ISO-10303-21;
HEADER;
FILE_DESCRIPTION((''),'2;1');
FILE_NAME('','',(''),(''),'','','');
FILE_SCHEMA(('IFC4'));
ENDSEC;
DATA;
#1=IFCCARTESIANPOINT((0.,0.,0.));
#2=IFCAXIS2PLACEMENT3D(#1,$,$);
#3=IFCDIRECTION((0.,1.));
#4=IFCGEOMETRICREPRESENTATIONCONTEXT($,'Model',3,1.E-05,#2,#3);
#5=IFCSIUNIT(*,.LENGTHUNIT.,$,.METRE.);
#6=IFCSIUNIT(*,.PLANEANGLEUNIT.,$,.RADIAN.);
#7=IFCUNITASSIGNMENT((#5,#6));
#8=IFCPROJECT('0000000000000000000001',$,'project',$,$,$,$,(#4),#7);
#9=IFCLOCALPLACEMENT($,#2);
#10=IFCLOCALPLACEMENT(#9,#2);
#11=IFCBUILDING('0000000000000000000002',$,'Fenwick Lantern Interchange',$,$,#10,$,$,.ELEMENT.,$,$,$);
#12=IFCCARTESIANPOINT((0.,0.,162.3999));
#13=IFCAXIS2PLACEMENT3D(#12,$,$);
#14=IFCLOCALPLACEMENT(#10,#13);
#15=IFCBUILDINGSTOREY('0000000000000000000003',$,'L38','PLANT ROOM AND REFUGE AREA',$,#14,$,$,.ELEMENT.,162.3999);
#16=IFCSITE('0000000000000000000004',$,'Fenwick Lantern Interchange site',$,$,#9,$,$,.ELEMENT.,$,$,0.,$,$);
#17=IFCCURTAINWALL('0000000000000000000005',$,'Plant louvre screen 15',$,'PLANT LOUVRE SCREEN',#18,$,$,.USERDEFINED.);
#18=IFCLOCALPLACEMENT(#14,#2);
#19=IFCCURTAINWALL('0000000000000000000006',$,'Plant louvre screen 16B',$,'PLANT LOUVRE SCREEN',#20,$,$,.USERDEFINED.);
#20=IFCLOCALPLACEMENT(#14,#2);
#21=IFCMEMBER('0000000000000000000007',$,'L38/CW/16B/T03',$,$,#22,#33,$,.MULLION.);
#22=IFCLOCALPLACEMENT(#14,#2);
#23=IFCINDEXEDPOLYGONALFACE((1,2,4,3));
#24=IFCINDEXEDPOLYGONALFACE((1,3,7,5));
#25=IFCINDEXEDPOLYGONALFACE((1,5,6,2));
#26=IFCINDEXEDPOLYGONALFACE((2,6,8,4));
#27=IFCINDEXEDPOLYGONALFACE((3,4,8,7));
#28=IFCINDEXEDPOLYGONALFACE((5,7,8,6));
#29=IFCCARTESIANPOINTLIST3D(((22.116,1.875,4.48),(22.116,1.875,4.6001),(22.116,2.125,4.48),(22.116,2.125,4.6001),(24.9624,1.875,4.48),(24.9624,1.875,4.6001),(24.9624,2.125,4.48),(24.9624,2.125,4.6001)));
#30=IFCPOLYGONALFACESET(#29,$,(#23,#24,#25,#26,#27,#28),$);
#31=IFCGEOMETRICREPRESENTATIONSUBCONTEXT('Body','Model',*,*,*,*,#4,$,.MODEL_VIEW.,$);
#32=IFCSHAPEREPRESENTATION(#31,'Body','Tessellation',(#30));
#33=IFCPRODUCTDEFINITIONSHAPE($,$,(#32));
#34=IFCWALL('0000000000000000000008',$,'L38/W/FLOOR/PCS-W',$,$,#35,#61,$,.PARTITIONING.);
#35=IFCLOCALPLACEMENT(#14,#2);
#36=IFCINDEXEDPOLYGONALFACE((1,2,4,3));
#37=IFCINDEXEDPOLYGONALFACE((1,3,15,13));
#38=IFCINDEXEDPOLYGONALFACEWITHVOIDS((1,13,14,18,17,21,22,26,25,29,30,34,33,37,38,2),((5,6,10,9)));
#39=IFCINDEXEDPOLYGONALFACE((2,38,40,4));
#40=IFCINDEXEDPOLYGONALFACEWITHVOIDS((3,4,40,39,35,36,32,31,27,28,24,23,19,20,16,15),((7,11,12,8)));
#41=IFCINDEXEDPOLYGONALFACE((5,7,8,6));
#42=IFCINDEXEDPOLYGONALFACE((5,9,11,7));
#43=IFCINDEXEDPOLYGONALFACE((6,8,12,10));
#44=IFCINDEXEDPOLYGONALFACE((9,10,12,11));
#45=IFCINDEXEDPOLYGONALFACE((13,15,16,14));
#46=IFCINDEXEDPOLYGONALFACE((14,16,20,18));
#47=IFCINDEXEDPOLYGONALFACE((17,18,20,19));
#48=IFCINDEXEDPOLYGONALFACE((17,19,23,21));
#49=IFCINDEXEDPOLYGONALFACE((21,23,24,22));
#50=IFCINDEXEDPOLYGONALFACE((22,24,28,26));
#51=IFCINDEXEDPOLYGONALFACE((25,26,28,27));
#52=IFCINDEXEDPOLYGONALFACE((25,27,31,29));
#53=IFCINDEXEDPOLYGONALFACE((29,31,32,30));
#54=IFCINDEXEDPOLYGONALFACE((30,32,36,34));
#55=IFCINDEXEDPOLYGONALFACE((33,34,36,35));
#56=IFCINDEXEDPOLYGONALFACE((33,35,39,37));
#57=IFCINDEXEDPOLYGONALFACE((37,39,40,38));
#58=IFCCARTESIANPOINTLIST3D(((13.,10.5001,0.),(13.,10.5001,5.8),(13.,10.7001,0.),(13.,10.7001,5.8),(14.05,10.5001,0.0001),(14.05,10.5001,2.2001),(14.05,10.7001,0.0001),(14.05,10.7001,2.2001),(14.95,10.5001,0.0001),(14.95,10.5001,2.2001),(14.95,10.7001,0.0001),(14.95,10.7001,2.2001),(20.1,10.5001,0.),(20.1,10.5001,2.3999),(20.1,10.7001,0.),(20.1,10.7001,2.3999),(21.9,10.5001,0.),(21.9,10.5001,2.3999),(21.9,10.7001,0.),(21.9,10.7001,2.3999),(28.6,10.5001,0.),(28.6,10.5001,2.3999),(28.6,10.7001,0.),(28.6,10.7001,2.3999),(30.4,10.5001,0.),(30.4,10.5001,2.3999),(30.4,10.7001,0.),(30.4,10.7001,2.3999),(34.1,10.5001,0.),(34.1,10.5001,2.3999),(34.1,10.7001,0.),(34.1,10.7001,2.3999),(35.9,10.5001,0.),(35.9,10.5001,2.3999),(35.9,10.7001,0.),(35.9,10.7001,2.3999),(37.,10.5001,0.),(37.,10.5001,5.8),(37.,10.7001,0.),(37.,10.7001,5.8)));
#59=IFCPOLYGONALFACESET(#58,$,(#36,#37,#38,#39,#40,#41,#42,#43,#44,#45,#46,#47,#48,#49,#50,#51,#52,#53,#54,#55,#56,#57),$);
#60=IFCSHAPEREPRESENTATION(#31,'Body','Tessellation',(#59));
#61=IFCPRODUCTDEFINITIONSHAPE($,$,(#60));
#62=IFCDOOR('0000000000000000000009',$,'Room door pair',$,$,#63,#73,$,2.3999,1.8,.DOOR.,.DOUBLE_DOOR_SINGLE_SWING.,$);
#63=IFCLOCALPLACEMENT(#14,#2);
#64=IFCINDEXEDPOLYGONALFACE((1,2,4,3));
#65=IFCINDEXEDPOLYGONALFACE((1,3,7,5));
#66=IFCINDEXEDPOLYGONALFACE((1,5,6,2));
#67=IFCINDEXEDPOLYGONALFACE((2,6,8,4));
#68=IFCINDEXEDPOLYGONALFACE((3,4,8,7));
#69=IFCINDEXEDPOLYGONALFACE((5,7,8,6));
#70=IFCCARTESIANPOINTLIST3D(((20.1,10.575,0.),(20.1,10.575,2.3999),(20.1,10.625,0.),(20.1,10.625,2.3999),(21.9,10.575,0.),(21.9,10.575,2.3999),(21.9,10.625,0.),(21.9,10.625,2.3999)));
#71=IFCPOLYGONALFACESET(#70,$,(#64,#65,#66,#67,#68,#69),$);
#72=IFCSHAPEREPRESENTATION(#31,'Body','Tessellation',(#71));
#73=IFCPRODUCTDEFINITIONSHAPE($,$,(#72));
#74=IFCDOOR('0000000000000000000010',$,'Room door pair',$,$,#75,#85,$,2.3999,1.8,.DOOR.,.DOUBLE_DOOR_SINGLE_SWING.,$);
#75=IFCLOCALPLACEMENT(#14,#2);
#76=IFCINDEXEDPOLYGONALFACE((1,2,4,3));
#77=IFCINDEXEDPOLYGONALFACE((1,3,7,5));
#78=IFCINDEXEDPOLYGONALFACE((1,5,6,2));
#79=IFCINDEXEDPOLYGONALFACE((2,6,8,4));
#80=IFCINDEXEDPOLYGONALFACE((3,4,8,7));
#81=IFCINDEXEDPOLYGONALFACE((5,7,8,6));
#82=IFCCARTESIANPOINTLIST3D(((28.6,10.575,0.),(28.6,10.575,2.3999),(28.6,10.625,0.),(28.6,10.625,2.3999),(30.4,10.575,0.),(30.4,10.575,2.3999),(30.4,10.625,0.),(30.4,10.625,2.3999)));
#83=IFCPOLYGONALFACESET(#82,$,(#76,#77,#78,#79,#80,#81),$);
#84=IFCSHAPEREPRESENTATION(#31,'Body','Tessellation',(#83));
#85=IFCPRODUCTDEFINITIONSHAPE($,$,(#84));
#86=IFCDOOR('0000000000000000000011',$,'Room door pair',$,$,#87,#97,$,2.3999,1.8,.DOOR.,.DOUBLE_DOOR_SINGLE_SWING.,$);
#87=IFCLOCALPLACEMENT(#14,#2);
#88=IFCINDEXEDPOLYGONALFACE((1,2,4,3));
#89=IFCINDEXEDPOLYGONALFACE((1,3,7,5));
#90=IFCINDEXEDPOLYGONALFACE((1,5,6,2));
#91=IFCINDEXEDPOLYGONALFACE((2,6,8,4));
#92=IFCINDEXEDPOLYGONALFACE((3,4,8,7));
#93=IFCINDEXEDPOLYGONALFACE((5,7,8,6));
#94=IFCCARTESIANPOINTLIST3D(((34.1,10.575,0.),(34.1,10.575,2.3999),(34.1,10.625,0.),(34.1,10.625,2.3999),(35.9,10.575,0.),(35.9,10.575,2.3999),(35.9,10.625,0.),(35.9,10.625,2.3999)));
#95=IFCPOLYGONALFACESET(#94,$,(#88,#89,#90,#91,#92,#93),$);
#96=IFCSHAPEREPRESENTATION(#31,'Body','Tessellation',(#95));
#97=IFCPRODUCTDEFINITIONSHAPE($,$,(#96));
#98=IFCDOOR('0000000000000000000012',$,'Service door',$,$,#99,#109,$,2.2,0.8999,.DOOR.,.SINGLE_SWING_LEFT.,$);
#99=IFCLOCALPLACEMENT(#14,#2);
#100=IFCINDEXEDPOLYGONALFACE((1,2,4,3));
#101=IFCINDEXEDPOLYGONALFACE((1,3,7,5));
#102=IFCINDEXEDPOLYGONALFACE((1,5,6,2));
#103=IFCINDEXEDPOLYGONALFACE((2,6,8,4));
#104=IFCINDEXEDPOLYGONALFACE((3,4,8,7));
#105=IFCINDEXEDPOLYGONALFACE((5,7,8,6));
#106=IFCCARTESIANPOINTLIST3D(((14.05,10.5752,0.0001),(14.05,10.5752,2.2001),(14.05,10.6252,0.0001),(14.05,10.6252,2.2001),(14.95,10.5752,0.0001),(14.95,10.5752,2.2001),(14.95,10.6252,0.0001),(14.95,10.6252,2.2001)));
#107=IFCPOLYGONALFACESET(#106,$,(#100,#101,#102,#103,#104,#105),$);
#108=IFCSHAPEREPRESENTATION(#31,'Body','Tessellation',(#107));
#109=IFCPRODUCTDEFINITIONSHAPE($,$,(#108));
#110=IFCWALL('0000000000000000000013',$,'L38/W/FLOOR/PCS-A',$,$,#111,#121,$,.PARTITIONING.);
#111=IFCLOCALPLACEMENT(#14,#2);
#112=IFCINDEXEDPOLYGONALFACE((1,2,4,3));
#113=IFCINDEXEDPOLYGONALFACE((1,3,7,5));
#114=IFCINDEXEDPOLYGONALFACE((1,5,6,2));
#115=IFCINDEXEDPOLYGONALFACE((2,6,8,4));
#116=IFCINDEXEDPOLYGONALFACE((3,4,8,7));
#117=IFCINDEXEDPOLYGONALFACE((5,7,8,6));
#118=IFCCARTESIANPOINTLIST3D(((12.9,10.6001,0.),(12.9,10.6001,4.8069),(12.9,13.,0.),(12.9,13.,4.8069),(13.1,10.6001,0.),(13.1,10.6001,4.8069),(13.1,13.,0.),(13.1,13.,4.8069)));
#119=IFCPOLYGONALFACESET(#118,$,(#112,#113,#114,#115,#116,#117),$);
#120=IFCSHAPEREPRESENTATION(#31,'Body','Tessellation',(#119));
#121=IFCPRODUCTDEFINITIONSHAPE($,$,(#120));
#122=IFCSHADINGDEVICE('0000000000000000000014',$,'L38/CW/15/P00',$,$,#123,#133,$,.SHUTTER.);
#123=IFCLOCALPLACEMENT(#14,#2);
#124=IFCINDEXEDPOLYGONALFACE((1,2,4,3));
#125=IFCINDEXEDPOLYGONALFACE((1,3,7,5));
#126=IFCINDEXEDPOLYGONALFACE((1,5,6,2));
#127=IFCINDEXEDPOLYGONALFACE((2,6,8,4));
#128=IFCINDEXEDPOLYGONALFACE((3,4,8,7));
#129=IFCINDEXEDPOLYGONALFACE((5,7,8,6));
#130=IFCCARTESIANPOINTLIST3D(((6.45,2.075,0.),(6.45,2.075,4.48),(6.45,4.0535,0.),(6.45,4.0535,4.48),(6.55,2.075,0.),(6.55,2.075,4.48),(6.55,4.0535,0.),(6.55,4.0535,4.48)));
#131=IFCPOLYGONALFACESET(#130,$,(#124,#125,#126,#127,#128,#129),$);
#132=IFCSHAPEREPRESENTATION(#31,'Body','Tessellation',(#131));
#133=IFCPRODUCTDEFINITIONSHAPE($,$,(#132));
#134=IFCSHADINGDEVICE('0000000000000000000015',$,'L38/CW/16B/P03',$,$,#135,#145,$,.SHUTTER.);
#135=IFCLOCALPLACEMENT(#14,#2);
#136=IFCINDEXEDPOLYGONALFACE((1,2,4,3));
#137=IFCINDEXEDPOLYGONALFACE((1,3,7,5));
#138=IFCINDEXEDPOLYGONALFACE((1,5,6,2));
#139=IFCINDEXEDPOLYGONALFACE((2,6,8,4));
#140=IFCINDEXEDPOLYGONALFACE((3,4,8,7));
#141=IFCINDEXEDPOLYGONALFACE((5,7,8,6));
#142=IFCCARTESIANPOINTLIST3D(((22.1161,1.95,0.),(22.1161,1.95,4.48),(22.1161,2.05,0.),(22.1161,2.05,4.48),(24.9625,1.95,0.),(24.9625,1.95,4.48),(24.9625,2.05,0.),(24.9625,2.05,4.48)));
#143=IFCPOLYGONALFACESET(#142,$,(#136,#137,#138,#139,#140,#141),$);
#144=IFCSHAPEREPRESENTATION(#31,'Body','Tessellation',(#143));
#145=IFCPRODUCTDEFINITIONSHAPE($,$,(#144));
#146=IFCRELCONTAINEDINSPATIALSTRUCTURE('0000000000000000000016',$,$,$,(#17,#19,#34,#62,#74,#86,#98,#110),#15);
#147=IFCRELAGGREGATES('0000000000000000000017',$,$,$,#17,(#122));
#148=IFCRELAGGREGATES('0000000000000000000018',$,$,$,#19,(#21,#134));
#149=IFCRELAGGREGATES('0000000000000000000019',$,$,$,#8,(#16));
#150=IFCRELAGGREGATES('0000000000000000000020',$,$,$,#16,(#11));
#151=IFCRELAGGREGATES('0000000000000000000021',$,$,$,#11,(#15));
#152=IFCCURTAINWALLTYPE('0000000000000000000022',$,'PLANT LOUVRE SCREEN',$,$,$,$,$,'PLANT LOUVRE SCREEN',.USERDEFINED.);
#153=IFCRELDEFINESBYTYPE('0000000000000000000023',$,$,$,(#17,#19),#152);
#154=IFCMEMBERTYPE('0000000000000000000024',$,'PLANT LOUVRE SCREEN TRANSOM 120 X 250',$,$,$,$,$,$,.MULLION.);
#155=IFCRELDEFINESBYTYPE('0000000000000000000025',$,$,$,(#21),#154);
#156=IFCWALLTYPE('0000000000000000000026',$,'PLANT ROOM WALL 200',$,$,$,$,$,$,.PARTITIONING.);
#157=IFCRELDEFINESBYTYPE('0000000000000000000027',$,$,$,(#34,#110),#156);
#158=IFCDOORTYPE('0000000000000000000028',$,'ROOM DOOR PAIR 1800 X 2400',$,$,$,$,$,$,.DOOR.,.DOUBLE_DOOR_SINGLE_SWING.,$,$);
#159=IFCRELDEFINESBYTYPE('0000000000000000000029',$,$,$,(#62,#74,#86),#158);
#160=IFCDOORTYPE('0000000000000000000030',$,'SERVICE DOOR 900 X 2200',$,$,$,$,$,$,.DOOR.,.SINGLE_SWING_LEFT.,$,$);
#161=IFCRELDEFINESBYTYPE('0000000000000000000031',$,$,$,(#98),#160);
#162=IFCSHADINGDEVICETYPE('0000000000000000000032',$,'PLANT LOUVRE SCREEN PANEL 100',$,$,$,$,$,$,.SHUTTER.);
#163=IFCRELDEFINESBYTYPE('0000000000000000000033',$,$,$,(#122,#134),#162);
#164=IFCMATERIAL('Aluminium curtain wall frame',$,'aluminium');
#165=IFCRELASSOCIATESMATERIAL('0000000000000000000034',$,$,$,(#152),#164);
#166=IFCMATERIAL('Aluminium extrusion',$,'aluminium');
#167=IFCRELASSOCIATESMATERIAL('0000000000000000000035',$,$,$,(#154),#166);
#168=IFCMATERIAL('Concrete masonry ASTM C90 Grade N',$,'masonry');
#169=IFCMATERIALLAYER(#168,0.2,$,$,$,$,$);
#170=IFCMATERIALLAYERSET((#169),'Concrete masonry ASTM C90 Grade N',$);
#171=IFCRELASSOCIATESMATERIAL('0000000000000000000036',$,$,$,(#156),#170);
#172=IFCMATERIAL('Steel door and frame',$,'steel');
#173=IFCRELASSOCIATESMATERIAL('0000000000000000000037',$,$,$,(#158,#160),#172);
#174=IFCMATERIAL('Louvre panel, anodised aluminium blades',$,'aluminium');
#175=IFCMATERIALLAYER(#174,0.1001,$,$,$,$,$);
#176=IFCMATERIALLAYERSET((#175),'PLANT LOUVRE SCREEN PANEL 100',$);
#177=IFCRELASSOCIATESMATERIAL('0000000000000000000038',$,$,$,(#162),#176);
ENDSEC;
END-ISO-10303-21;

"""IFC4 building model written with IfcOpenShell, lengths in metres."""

from ifc_helpers import new_model, si_unit, direction, frame, frame_2d, origin, origin_2d, place, context, subcontext, project, spatial, rectangle, extrude, material, layer, layer_set, material_profile, profile_set, type_object, element, fill, aggregate, save


model = new_model("IFC4")

# Units and contexts
model_context = context("Model", 3, precision=1e-05, world=origin(), true_north=direction((0.0, 1.0)))
body_context = subcontext(model_context, "Body", "Model", "MODEL_VIEW")
ifc_project = project(units=[si_unit("LENGTHUNIT", "METRE"), si_unit("PLANEANGLEUNIT", "RADIAN")], contexts=[model_context])

# Site, building, storey
site_placement = place(None, origin())
site = spatial("IfcSite", under=ifc_project, at=site_placement, Name="Fenwick Lantern Interchange site", CompositionType="ELEMENT", RefElevation=0.0)
building_placement = place(site_placement, origin())
building = spatial("IfcBuilding", under=site, at=building_placement, Name="Fenwick Lantern Interchange", CompositionType="ELEMENT")
storey_placement = place(building_placement, frame((0.0, 0.0, 162.3999)))
storey = spatial("IfcBuildingStorey", under=building, at=storey_placement, Name="L38", Description="PLANT ROOM AND REFUGE AREA", CompositionType="ELEMENT", Elevation=162.3999)

# Curtain walls
ifc_material_1 = material(Name="Aluminium curtain wall frame", Category="aluminium")
curtain_wall_type = type_object("IfcCurtainWallType", Name="PLANT LOUVRE SCREEN", ElementType="PLANT LOUVRE SCREEN", PredefinedType="USERDEFINED", material=ifc_material_1)
curtain_wall_1_placement = place(storey_placement, origin())
curtain_wall_1 = element("IfcCurtainWall", 1, at=curtain_wall_1_placement, inside=storey, type_object=curtain_wall_type, Name="Plant louvre screen 15", ObjectType="PLANT LOUVRE SCREEN", PredefinedType="USERDEFINED")
ifc_material_2 = material(Name="Aluminium extrusion", Category="aluminium")
curtain_wall_2_placement = place(storey_placement, origin())
curtain_wall_2 = element("IfcCurtainWall", 2, at=curtain_wall_2_placement, inside=storey, type_object=curtain_wall_type, Name="Plant louvre screen 16B", ObjectType="PLANT LOUVRE SCREEN", PredefinedType="USERDEFINED")

# Member
ifc_material_profile_1 = material_profile(ifc_material_2, rectangle(XDim=0.25, YDim=0.1201, at=origin_2d()), Name="PLANT LOUVRE SCREEN TRANSOM 120 X 250")
ifc_profile_set_1 = profile_set([ifc_material_profile_1], Name="Aluminium extrusion")
member_type_1 = type_object("IfcMemberType", Name="PLANT LOUVRE SCREEN TRANSOM 120 X 250", PredefinedType="MULLION", material=ifc_profile_set_1)
member_1_placement = place(storey_placement, frame((22.116, 2.0, 4.54), z_axis=(1.0, 0.0, 0.0), x_axis=(0.0, 1.0, 0.0)))
member_1 = element("IfcMember", 3, at=member_1_placement, type_object=member_type_1, Name="L38/CW/16B/T03", PredefinedType="MULLION", context=body_context, shape_type="SweptSolid", body=[
    extrude(rectangle(XDim=0.25, YDim=0.1201, at=origin_2d()), origin(), (0.0, 0.0, 1.0), 2.8464),
])

# Wall, openings, doors
ifc_material_3 = material(Name="Concrete masonry ASTM C90 Grade N", Category="masonry")
ifc_layer_1 = layer(ifc_material_3, 0.2)
ifc_layer_set_1 = layer_set([ifc_layer_1], Name="Concrete masonry ASTM C90 Grade N")
wall_type = type_object("IfcWallType", Name="PLANT ROOM WALL 200", PredefinedType="PARTITIONING", material=ifc_layer_set_1)
wall_1_placement = place(storey_placement, frame((13.0, 10.6001, 0.0), z_axis=(0.0, 0.0, 1.0), x_axis=(1.0, 0.0, 0.0)))
wall_1 = element("IfcWall", 4, at=wall_1_placement, inside=storey, type_object=wall_type, Name="L38/W/FLOOR/PCS-W", PredefinedType="PARTITIONING", context=body_context, shape_type="SweptSolid", body=[
    extrude(rectangle(XDim=24.0, YDim=0.2, at=frame_2d((12.0, 0.0))), origin(), (0.0, 0.0, 1.0), 5.8),
])
opening_1_placement = place(wall_1_placement, frame((1.05, 0.0, 0.0)))
opening_1 = element("IfcOpeningElement", 5, at=opening_1_placement, cuts=wall_1, PredefinedType="OPENING", context=body_context, shape_type="SweptSolid", body=[
    extrude(rectangle(XDim=0.8999, YDim=2.2, at=frame_2d((0.45, 1.1001))), frame((0.0, 0.1099, 0.0), z_axis=(0.0, -1.0, 0.0), x_axis=(1.0, 0.0, 0.0)), (0.0, 0.0, 1.0), 0.22),
])
opening_2_placement = place(wall_1_placement, frame((7.1001, 0.0, 0.0)))
opening_2 = element("IfcOpeningElement", 6, at=opening_2_placement, cuts=wall_1, PredefinedType="OPENING", context=body_context, shape_type="SweptSolid", body=[
    extrude(rectangle(XDim=1.8, YDim=2.3999, at=frame_2d((0.8999, 1.2))), frame((0.0, 0.1099, 0.0), z_axis=(0.0, -1.0, 0.0), x_axis=(1.0, 0.0, 0.0)), (0.0, 0.0, 1.0), 0.22),
])
opening_3_placement = place(wall_1_placement, frame((15.6001, 0.0, 0.0)))
opening_3 = element("IfcOpeningElement", 7, at=opening_3_placement, cuts=wall_1, PredefinedType="OPENING", context=body_context, shape_type="SweptSolid", body=[
    extrude(rectangle(XDim=1.8, YDim=2.3999, at=frame_2d((0.8999, 1.2))), frame((0.0, 0.1099, 0.0), z_axis=(0.0, -1.0, 0.0), x_axis=(1.0, 0.0, 0.0)), (0.0, 0.0, 1.0), 0.22),
])
opening_4_placement = place(wall_1_placement, frame((21.1001, 0.0, 0.0)))
opening_4 = element("IfcOpeningElement", 8, at=opening_4_placement, cuts=wall_1, PredefinedType="OPENING", context=body_context, shape_type="SweptSolid", body=[
    extrude(rectangle(XDim=1.8, YDim=2.3999, at=frame_2d((0.8999, 1.2))), frame((0.0, 0.1099, 0.0), z_axis=(0.0, -1.0, 0.0), x_axis=(1.0, 0.0, 0.0)), (0.0, 0.0, 1.0), 0.22),
])
ifc_material_4 = material(Name="Steel door and frame", Category="steel")
door_type_1 = type_object("IfcDoorType", Name="ROOM DOOR PAIR 1800 X 2400", OperationType="DOUBLE_DOOR_SINGLE_SWING", PredefinedType="DOOR", material=ifc_material_4)
door_1_placement = place(opening_2_placement, origin())
door_1 = element("IfcDoor", 9, at=door_1_placement, inside=storey, type_object=door_type_1, Name="Room door pair", OperationType="DOUBLE_DOOR_SINGLE_SWING", OverallHeight=2.3999, OverallWidth=1.8, PredefinedType="DOOR", context=body_context, shape_type="SweptSolid", body=[
    extrude(rectangle(XDim=1.8, YDim=2.3999, at=frame_2d((0.8999, 1.2))), frame((0.0, 0.0249, 0.0), z_axis=(0.0, -1.0, 0.0), x_axis=(1.0, 0.0, 0.0)), (0.0, 0.0, 1.0), 0.05),
])
fill(opening_2, door_1)
door_2_placement = place(opening_3_placement, origin())
door_2 = element("IfcDoor", 10, at=door_2_placement, inside=storey, type_object=door_type_1, Name="Room door pair", OperationType="DOUBLE_DOOR_SINGLE_SWING", OverallHeight=2.3999, OverallWidth=1.8, PredefinedType="DOOR", context=body_context, shape_type="SweptSolid", body=[
    extrude(rectangle(XDim=1.8, YDim=2.3999, at=frame_2d((0.8999, 1.2))), frame((0.0, 0.0249, 0.0), z_axis=(0.0, -1.0, 0.0), x_axis=(1.0, 0.0, 0.0)), (0.0, 0.0, 1.0), 0.05),
])
fill(opening_3, door_2)
door_3_placement = place(opening_4_placement, origin())
door_3 = element("IfcDoor", 11, at=door_3_placement, inside=storey, type_object=door_type_1, Name="Room door pair", OperationType="DOUBLE_DOOR_SINGLE_SWING", OverallHeight=2.3999, OverallWidth=1.8, PredefinedType="DOOR", context=body_context, shape_type="SweptSolid", body=[
    extrude(rectangle(XDim=1.8, YDim=2.3999, at=frame_2d((0.8999, 1.2))), frame((0.0, 0.0249, 0.0), z_axis=(0.0, -1.0, 0.0), x_axis=(1.0, 0.0, 0.0)), (0.0, 0.0, 1.0), 0.05),
])
fill(opening_4, door_3)
door_type_2 = type_object("IfcDoorType", Name="SERVICE DOOR 900 X 2200", OperationType="SINGLE_SWING_LEFT", PredefinedType="DOOR", material=ifc_material_4)
door_4_placement = place(opening_1_placement, frame((0.8999, 0.0, 0.0), z_axis=(0.0, 0.0, 1.0), x_axis=(-1.0, 0.0, 0.0)))
door_4 = element("IfcDoor", 12, at=door_4_placement, inside=storey, type_object=door_type_2, Name="Service door", OperationType="SINGLE_SWING_LEFT", OverallHeight=2.2, OverallWidth=0.8999, PredefinedType="DOOR", context=body_context, shape_type="SweptSolid", body=[
    extrude(rectangle(XDim=0.8999, YDim=2.2, at=frame_2d((0.45, 1.1001))), frame((0.0, 0.0249, 0.0), z_axis=(0.0, -1.0, 0.0), x_axis=(1.0, 0.0, 0.0)), (0.0, 0.0, 1.0), 0.05),
])
fill(opening_1, door_4)

# Wall
wall_2_placement = place(storey_placement, frame((13.0, 10.6001, 0.0), z_axis=(0.0, 0.0, 1.0), x_axis=(0.0, 1.0, 0.0)))
element("IfcWall", 13, at=wall_2_placement, inside=storey, type_object=wall_type, Name="L38/W/FLOOR/PCS-A", PredefinedType="PARTITIONING", context=body_context, shape_type="SweptSolid", body=[
    extrude(rectangle(XDim=2.3999, YDim=0.2, at=frame_2d((1.2, 0.0))), origin(), (0.0, 0.0, 1.0), 4.8069),
])

# Shading devices
ifc_material_5 = material(Name="Louvre panel, anodised aluminium blades", Category="aluminium")
ifc_layer_2 = layer(ifc_material_5, 0.1001)
ifc_layer_set_2 = layer_set([ifc_layer_2], Name="PLANT LOUVRE SCREEN PANEL 100")
shading_device_type = type_object("IfcShadingDeviceType", Name="PLANT LOUVRE SCREEN PANEL 100", PredefinedType="SHUTTER", material=ifc_layer_set_2)
shading_device_1_placement = place(storey_placement, frame((6.5, 3.0642, 0.0), z_axis=(0.0, 0.0, 1.0), x_axis=(0.0, -1.0, 0.0)))
shading_device_1 = element("IfcShadingDevice", 14, at=shading_device_1_placement, type_object=shading_device_type, Name="L38/CW/15/P00", PredefinedType="SHUTTER", context=body_context, shape_type="SweptSolid", body=[
    extrude(rectangle(XDim=1.9785, YDim=0.1001, at=origin_2d()), origin(), (0.0, 0.0, 1.0), 4.48),
])
aggregate(curtain_wall_1, [shading_device_1])
shading_device_2_placement = place(storey_placement, frame((23.5393, 2.0, 0.0), z_axis=(0.0, 0.0, 1.0), x_axis=(1.0, 0.0, 0.0)))
shading_device_2 = element("IfcShadingDevice", 15, at=shading_device_2_placement, type_object=shading_device_type, Name="L38/CW/16B/P03", PredefinedType="SHUTTER", context=body_context, shape_type="SweptSolid", body=[
    extrude(rectangle(XDim=2.8464, YDim=0.1001, at=origin_2d()), origin(), (0.0, 0.0, 1.0), 4.48),
])
aggregate(curtain_wall_2, [member_1, shading_device_2])

save(model, "model.ifc")
